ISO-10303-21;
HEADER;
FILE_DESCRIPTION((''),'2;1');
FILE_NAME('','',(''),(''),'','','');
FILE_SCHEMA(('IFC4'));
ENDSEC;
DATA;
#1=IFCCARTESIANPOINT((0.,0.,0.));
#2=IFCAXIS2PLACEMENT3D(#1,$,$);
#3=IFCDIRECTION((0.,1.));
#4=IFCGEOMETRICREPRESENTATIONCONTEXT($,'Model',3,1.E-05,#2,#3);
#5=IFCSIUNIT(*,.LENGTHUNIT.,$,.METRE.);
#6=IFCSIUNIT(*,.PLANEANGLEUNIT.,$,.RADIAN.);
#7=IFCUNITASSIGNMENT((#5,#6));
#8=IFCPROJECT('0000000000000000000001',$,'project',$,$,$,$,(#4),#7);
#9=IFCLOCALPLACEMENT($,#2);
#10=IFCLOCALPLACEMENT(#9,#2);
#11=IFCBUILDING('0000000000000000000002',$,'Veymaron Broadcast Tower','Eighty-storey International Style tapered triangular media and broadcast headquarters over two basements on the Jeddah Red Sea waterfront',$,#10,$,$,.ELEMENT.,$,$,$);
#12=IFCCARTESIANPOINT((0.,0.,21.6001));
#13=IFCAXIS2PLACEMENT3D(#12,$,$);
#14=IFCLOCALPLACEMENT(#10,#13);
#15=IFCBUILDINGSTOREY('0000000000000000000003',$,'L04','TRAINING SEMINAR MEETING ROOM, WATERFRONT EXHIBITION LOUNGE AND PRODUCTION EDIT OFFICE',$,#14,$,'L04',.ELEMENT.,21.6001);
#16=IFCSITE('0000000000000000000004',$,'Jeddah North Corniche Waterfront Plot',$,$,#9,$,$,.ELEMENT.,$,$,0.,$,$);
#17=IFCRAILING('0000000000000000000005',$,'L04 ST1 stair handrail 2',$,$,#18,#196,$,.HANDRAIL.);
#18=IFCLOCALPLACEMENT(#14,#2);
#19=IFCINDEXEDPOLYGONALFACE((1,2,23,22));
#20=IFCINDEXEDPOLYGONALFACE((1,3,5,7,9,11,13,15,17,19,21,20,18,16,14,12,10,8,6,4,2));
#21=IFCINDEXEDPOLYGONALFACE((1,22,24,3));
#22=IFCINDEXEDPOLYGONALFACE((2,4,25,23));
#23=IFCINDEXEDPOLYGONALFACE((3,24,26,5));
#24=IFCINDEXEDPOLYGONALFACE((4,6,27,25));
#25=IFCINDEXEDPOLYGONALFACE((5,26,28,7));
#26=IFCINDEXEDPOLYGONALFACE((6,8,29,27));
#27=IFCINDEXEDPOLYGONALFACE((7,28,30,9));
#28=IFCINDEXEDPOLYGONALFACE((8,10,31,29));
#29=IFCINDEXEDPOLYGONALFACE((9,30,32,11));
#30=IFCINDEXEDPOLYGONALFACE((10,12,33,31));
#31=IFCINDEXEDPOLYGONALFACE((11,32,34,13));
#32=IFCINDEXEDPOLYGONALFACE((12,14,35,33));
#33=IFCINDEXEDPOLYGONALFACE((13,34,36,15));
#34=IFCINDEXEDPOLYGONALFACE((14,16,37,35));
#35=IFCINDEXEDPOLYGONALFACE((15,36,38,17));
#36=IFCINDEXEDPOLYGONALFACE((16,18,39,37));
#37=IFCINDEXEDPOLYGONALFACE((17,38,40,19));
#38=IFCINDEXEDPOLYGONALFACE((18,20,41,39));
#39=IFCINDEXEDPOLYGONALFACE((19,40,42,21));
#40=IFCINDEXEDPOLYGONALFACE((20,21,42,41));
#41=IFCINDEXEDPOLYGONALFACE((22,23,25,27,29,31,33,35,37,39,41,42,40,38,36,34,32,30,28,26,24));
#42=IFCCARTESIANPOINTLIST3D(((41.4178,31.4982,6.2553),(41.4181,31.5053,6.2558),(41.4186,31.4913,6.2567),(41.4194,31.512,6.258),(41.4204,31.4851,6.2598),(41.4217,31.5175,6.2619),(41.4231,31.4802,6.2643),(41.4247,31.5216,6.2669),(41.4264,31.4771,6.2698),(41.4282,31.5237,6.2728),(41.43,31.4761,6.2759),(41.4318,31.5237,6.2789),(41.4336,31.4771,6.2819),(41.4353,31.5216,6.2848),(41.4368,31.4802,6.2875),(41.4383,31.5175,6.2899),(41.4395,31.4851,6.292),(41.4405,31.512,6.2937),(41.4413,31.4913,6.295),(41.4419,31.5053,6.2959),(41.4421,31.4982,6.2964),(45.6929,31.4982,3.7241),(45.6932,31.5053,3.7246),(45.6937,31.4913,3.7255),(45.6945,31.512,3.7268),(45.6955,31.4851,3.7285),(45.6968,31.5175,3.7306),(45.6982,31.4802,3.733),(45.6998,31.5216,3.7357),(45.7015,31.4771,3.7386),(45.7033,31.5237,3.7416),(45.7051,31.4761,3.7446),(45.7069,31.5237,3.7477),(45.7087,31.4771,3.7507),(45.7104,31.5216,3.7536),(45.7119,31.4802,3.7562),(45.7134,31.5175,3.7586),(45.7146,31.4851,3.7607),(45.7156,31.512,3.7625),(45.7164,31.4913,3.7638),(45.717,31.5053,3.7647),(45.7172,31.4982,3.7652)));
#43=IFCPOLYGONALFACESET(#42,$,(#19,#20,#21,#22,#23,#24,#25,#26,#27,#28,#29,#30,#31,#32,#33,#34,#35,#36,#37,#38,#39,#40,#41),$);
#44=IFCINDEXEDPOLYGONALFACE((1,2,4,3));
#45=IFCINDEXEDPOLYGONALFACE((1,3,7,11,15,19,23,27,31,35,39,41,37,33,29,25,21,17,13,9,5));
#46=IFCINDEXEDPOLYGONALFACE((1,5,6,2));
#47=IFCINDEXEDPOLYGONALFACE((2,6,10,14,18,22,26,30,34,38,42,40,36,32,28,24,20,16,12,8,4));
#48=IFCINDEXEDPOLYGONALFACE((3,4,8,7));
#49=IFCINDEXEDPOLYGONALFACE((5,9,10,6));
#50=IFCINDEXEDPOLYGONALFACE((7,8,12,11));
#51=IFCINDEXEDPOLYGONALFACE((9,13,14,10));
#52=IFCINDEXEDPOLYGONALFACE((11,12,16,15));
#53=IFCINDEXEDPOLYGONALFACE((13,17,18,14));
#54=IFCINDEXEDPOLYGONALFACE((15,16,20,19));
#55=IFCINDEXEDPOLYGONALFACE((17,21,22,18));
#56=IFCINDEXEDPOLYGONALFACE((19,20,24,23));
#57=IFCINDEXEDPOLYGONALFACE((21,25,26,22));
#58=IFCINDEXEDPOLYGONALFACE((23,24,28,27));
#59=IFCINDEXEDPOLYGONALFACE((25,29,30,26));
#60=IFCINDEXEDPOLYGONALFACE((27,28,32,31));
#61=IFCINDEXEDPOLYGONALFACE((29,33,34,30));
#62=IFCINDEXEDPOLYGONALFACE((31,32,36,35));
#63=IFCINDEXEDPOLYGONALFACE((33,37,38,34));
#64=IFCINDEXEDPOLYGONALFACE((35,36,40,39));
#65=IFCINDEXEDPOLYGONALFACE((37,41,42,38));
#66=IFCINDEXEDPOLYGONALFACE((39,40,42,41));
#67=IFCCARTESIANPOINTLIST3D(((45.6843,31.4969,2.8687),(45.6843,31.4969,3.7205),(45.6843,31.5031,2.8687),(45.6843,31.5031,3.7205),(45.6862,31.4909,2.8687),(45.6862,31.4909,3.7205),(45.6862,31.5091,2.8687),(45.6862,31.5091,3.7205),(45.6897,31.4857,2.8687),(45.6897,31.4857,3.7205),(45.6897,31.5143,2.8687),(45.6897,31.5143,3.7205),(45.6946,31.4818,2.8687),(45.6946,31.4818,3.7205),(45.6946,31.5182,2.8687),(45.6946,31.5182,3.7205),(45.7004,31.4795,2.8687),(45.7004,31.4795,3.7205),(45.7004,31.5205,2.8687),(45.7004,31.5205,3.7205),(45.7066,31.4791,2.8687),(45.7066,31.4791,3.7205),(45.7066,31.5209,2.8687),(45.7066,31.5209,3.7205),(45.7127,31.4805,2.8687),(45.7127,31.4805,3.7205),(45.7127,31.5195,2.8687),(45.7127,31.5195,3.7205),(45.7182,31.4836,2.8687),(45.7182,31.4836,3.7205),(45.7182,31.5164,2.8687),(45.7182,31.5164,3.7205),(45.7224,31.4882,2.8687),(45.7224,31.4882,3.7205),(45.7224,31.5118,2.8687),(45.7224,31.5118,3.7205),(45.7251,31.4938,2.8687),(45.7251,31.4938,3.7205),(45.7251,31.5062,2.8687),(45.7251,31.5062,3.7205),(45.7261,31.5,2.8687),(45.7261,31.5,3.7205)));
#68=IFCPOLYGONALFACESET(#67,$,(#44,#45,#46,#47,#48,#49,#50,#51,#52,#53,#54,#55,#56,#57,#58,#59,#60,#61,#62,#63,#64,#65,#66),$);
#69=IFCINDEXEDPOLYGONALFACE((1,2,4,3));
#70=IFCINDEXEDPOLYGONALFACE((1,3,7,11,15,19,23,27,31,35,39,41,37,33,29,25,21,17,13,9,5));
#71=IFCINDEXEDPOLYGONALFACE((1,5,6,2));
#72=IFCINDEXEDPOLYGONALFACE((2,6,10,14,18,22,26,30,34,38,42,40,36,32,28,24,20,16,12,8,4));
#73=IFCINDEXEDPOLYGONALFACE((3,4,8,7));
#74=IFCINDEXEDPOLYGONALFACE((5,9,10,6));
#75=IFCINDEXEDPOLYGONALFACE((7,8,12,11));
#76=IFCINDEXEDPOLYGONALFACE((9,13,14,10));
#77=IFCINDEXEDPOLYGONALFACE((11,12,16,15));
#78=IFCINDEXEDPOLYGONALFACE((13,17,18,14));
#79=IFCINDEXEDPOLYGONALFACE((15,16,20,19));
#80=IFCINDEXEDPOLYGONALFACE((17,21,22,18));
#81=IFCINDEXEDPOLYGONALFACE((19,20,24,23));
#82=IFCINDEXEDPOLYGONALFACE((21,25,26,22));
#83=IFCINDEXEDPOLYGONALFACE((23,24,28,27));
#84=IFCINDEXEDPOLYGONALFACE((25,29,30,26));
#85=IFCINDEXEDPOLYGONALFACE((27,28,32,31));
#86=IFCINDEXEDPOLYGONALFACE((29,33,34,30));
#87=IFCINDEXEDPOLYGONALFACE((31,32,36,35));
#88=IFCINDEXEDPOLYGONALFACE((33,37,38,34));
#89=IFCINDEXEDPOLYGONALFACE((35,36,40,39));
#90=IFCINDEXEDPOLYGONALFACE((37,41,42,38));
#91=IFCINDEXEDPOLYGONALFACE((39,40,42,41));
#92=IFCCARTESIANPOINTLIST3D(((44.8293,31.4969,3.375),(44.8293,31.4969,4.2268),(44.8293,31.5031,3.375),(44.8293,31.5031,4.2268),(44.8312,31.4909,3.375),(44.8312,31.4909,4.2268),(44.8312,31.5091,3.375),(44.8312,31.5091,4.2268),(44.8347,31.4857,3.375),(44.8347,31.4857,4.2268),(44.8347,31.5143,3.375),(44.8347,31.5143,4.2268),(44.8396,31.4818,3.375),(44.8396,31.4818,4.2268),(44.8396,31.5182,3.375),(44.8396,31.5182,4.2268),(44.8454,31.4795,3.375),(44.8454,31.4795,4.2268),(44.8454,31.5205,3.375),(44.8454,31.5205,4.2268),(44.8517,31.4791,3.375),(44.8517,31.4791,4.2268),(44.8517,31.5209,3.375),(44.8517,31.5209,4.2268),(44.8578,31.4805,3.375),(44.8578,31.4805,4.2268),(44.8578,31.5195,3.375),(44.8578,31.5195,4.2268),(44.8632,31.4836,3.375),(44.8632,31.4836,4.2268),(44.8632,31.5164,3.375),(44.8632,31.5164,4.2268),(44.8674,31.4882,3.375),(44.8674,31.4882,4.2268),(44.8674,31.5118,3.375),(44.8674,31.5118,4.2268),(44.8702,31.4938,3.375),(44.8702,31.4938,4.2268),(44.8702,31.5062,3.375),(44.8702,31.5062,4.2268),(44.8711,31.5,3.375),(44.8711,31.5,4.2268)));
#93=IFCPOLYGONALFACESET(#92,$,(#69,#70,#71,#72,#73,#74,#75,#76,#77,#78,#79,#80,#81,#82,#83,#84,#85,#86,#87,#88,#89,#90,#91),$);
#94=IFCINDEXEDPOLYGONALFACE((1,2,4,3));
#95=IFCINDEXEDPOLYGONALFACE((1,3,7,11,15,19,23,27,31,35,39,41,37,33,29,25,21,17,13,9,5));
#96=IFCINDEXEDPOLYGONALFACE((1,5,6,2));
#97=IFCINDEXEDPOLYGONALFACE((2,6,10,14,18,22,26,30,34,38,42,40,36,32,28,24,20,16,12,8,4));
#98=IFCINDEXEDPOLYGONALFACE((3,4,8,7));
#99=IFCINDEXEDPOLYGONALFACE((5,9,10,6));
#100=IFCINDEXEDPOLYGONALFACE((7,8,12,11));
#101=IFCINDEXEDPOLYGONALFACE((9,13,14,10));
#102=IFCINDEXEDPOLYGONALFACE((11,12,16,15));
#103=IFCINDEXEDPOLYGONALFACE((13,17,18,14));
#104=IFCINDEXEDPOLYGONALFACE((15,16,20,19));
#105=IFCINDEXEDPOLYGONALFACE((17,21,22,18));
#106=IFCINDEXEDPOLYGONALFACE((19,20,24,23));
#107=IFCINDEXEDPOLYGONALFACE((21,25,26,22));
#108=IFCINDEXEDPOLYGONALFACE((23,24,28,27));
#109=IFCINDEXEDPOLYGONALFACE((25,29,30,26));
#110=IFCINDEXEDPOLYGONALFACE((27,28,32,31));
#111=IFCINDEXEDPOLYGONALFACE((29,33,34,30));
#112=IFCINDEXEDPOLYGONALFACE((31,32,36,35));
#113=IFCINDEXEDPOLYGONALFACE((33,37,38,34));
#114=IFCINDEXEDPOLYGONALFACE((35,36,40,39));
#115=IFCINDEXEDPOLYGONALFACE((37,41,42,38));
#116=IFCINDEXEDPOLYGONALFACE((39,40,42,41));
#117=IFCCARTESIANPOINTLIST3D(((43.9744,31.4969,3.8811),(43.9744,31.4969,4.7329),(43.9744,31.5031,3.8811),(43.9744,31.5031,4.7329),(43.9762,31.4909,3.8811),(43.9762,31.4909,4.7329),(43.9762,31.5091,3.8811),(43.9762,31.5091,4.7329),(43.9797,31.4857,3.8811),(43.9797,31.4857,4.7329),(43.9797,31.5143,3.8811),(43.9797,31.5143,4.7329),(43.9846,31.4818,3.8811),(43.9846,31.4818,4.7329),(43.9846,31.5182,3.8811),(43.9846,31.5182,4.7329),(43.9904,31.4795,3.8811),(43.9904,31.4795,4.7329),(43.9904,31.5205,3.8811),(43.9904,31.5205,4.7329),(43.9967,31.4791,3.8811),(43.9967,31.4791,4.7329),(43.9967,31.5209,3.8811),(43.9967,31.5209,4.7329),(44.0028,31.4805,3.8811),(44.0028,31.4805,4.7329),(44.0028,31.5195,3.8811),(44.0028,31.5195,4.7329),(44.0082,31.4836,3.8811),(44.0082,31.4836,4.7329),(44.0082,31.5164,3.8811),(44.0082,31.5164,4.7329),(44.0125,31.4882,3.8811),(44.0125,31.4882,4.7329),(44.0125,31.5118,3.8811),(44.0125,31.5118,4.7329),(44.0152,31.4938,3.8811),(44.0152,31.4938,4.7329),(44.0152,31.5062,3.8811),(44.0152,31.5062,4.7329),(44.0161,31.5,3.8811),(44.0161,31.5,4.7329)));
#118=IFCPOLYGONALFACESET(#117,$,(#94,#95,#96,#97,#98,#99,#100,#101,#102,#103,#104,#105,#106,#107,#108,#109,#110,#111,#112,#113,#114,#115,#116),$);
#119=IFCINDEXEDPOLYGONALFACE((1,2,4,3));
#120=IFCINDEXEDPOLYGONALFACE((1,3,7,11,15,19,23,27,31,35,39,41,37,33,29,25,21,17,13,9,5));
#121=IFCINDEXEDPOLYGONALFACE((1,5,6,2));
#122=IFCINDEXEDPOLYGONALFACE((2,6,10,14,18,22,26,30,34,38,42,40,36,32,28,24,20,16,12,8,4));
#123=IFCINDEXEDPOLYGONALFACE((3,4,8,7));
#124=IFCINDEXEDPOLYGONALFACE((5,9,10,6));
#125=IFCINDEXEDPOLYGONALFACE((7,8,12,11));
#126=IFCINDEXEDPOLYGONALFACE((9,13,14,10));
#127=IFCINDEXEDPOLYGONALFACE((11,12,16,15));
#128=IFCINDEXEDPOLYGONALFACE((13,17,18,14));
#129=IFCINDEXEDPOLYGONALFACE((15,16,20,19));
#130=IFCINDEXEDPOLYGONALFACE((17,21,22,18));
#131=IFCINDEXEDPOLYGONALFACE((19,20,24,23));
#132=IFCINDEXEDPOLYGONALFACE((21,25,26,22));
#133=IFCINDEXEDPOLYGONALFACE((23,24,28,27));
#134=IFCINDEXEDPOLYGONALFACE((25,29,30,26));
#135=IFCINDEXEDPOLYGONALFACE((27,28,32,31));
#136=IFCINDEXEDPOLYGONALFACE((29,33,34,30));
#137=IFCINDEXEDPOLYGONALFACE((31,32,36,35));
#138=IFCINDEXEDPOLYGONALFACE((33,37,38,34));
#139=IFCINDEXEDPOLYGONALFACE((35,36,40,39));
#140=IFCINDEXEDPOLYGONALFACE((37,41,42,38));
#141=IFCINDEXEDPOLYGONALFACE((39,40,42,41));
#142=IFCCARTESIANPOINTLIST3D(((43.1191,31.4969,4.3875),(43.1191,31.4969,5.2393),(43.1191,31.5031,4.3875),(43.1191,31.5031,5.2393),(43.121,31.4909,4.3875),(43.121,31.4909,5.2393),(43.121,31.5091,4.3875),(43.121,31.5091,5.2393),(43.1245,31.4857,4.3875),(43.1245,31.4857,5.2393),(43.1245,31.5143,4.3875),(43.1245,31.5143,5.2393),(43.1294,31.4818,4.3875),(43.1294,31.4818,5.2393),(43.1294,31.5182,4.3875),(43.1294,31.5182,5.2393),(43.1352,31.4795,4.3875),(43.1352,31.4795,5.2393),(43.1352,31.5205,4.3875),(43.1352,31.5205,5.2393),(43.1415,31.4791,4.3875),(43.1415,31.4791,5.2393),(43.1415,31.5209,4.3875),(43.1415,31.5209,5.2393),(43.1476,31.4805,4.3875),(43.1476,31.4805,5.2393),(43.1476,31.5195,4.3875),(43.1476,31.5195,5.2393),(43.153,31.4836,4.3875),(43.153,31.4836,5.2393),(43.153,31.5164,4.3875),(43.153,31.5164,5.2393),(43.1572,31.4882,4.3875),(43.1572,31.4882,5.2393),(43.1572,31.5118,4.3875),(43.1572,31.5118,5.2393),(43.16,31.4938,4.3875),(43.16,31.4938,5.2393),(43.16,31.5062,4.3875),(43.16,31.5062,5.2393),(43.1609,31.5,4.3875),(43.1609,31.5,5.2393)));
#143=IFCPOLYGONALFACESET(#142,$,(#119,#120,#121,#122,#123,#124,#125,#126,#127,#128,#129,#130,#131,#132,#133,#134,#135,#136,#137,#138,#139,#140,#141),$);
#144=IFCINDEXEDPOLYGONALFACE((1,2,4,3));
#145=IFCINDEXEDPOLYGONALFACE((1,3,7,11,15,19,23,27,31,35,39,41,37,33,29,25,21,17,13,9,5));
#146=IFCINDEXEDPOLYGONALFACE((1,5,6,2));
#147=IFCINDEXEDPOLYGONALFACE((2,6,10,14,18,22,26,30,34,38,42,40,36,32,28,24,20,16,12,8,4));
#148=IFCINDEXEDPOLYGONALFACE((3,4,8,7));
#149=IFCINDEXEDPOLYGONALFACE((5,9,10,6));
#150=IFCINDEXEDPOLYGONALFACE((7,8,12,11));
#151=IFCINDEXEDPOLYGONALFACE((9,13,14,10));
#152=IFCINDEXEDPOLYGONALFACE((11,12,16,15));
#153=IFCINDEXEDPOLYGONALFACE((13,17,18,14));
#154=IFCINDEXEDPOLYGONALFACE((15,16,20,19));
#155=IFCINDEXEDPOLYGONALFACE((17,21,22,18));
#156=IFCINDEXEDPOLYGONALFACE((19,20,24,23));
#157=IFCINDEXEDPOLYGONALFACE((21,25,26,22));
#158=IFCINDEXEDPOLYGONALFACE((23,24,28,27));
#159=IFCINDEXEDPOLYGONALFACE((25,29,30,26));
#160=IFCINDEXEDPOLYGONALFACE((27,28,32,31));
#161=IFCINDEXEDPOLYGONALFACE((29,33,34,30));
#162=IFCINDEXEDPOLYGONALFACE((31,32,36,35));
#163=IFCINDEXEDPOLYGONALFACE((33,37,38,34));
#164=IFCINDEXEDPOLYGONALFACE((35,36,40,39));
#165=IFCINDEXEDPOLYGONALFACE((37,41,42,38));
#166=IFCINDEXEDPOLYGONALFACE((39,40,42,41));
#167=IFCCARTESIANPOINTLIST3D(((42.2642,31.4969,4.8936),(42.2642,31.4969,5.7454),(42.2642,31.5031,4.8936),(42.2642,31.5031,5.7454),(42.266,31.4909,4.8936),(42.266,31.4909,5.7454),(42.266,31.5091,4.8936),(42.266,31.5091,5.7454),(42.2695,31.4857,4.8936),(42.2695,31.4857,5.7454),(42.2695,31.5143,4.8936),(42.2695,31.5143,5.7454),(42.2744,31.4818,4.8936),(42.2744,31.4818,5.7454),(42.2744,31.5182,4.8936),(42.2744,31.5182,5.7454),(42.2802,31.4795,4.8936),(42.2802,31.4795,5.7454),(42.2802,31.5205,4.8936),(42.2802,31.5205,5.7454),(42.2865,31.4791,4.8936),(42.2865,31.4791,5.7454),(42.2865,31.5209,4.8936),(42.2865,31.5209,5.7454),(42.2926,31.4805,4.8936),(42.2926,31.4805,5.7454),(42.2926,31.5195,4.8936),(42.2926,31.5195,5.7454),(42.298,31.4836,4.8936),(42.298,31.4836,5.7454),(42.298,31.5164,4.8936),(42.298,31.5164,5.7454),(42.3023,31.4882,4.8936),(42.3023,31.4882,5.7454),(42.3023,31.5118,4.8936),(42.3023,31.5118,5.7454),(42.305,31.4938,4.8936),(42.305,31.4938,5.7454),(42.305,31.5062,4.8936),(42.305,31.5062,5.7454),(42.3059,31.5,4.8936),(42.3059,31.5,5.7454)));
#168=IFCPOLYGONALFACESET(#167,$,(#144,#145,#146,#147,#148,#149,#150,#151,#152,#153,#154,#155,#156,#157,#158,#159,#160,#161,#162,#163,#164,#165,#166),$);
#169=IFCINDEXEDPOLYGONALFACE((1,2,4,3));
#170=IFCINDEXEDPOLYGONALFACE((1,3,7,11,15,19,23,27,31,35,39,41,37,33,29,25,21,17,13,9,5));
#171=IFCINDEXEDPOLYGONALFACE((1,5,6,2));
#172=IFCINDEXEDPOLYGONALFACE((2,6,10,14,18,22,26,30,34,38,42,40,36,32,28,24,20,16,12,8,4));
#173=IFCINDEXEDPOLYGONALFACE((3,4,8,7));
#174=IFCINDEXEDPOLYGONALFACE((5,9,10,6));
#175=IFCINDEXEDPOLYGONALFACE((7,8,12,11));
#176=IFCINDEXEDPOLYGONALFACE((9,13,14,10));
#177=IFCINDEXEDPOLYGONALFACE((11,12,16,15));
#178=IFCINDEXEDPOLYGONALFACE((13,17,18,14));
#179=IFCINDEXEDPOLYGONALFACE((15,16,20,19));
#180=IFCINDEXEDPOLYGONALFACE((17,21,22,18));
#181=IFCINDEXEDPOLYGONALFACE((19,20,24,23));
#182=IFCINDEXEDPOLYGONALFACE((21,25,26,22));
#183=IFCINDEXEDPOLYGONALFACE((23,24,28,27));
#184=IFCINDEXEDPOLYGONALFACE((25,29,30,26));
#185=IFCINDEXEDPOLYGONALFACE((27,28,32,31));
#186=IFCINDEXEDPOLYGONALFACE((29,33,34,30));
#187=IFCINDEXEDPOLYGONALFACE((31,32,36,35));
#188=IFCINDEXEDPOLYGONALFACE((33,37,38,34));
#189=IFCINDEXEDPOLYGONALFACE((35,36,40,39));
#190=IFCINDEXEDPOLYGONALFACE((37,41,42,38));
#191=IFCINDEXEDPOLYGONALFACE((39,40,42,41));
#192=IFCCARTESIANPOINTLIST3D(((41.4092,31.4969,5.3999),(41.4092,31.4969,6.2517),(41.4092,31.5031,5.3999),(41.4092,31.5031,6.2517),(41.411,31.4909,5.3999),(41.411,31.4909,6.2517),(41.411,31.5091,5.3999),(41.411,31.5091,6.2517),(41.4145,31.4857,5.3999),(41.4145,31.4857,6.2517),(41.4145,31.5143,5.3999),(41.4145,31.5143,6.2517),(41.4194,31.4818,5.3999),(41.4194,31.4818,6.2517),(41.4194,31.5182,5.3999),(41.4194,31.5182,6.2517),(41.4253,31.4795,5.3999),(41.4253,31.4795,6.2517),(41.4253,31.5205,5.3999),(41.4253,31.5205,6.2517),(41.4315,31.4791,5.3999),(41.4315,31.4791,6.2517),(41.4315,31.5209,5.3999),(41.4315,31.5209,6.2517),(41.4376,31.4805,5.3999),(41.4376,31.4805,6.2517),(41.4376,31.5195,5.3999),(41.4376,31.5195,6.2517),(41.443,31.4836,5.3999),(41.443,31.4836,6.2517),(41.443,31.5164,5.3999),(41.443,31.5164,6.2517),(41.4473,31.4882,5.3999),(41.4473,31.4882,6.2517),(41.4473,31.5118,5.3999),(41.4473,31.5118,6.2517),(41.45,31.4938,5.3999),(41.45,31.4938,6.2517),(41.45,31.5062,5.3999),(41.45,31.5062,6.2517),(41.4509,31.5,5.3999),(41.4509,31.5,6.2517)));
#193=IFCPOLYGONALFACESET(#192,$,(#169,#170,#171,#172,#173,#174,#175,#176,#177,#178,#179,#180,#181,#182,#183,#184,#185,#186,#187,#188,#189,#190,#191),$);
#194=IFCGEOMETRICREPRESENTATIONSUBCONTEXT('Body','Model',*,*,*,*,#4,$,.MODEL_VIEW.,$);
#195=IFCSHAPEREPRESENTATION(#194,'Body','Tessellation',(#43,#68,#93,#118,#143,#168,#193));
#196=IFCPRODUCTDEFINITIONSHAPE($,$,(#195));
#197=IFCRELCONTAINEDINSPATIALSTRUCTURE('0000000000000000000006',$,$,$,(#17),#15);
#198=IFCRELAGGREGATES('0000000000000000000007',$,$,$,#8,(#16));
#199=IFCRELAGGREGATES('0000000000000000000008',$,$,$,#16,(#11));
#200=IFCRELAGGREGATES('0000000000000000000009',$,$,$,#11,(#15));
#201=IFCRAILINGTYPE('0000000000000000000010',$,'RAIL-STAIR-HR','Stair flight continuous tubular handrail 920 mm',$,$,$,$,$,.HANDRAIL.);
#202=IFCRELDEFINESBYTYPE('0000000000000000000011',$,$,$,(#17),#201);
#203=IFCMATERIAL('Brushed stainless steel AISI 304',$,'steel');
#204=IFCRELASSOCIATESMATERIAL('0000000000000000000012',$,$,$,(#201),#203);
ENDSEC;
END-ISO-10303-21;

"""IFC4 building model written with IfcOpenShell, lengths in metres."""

from ifc_helpers import new_model, si_unit, direction, frame, origin, origin_2d, place, context, subcontext, project, spatial, circle, extrude, material, type_object, element, save


model = new_model("IFC4")

# Units and contexts
model_context = context("Model", 3, precision=1e-05, world=origin(), true_north=direction((0.0, 1.0)))
body_context = subcontext(model_context, "Body", "Model", "MODEL_VIEW")
ifc_project = project(units=[si_unit("LENGTHUNIT", "METRE"), si_unit("PLANEANGLEUNIT", "RADIAN")], contexts=[model_context])

# Site, building, storey
site_placement = place(None, origin())
site = spatial("IfcSite", under=ifc_project, at=site_placement, Name="Jeddah North Corniche Waterfront Plot", CompositionType="ELEMENT", RefElevation=0.0)
building_placement = place(site_placement, origin())
building = spatial("IfcBuilding", under=site, at=building_placement, Name="Veymaron Broadcast Tower", Description="Eighty-storey International Style tapered triangular media and broadcast headquarters over two basements on the Jeddah Red Sea waterfront", CompositionType="ELEMENT")
storey_placement = place(building_placement, frame((0.0, 0.0, 21.6001)))
storey = spatial("IfcBuildingStorey", under=building, at=storey_placement, Name="L04", Description="TRAINING SEMINAR MEETING ROOM, WATERFRONT EXHIBITION LOUNGE AND PRODUCTION EDIT OFFICE", LongName="L04", CompositionType="ELEMENT", Elevation=21.6001)

# Shared definitions
ifc_material_1 = material(Name="Brushed stainless steel AISI 304", Category="steel")

# Railing
railing_type_1 = type_object("IfcRailingType", Name="RAIL-STAIR-HR", Description="Stair flight continuous tubular handrail 920 mm", PredefinedType="HANDRAIL", material=ifc_material_1)
railing_1_placement = place(storey_placement, frame((45.7051, 31.5, 2.8687)))
element("IfcRailing", 1, at=railing_1_placement, inside=storey, type_object=railing_type_1, Name="L04 ST1 stair handrail 2", PredefinedType="HANDRAIL", context=body_context, shape_type="SweptSolid", body=[
    extrude(circle(Radius=0.0239, at=origin_2d()), frame((0.0, 0.0, 0.876), z_axis=(-0.860483, 0.0, 0.509479), x_axis=(0.0, -1.0, 0.0)), (0.0, 0.0, 1.0), 4.9683),
    extrude(circle(Radius=0.021, at=origin_2d()), origin(), (0.0, 0.0, 1.0), 0.8518),
    extrude(circle(Radius=0.021, at=origin_2d()), frame((-0.855, 0.0, 0.5063)), (0.0, 0.0, 1.0), 0.8518),
    extrude(circle(Radius=0.021, at=origin_2d()), frame((-1.71, 0.0, 1.0125)), (0.0, 0.0, 1.0), 0.8518),
    extrude(circle(Radius=0.021, at=origin_2d()), frame((-2.5652, 0.0, 1.5188)), (0.0, 0.0, 1.0), 0.8518),
    extrude(circle(Radius=0.021, at=origin_2d()), frame((-3.4202, 0.0, 2.0249)), (0.0, 0.0, 1.0), 0.8518),
    extrude(circle(Radius=0.021, at=origin_2d()), frame((-4.2751, 0.0, 2.5312)), (0.0, 0.0, 1.0), 0.8518),
])

save(model, "model.ifc")
